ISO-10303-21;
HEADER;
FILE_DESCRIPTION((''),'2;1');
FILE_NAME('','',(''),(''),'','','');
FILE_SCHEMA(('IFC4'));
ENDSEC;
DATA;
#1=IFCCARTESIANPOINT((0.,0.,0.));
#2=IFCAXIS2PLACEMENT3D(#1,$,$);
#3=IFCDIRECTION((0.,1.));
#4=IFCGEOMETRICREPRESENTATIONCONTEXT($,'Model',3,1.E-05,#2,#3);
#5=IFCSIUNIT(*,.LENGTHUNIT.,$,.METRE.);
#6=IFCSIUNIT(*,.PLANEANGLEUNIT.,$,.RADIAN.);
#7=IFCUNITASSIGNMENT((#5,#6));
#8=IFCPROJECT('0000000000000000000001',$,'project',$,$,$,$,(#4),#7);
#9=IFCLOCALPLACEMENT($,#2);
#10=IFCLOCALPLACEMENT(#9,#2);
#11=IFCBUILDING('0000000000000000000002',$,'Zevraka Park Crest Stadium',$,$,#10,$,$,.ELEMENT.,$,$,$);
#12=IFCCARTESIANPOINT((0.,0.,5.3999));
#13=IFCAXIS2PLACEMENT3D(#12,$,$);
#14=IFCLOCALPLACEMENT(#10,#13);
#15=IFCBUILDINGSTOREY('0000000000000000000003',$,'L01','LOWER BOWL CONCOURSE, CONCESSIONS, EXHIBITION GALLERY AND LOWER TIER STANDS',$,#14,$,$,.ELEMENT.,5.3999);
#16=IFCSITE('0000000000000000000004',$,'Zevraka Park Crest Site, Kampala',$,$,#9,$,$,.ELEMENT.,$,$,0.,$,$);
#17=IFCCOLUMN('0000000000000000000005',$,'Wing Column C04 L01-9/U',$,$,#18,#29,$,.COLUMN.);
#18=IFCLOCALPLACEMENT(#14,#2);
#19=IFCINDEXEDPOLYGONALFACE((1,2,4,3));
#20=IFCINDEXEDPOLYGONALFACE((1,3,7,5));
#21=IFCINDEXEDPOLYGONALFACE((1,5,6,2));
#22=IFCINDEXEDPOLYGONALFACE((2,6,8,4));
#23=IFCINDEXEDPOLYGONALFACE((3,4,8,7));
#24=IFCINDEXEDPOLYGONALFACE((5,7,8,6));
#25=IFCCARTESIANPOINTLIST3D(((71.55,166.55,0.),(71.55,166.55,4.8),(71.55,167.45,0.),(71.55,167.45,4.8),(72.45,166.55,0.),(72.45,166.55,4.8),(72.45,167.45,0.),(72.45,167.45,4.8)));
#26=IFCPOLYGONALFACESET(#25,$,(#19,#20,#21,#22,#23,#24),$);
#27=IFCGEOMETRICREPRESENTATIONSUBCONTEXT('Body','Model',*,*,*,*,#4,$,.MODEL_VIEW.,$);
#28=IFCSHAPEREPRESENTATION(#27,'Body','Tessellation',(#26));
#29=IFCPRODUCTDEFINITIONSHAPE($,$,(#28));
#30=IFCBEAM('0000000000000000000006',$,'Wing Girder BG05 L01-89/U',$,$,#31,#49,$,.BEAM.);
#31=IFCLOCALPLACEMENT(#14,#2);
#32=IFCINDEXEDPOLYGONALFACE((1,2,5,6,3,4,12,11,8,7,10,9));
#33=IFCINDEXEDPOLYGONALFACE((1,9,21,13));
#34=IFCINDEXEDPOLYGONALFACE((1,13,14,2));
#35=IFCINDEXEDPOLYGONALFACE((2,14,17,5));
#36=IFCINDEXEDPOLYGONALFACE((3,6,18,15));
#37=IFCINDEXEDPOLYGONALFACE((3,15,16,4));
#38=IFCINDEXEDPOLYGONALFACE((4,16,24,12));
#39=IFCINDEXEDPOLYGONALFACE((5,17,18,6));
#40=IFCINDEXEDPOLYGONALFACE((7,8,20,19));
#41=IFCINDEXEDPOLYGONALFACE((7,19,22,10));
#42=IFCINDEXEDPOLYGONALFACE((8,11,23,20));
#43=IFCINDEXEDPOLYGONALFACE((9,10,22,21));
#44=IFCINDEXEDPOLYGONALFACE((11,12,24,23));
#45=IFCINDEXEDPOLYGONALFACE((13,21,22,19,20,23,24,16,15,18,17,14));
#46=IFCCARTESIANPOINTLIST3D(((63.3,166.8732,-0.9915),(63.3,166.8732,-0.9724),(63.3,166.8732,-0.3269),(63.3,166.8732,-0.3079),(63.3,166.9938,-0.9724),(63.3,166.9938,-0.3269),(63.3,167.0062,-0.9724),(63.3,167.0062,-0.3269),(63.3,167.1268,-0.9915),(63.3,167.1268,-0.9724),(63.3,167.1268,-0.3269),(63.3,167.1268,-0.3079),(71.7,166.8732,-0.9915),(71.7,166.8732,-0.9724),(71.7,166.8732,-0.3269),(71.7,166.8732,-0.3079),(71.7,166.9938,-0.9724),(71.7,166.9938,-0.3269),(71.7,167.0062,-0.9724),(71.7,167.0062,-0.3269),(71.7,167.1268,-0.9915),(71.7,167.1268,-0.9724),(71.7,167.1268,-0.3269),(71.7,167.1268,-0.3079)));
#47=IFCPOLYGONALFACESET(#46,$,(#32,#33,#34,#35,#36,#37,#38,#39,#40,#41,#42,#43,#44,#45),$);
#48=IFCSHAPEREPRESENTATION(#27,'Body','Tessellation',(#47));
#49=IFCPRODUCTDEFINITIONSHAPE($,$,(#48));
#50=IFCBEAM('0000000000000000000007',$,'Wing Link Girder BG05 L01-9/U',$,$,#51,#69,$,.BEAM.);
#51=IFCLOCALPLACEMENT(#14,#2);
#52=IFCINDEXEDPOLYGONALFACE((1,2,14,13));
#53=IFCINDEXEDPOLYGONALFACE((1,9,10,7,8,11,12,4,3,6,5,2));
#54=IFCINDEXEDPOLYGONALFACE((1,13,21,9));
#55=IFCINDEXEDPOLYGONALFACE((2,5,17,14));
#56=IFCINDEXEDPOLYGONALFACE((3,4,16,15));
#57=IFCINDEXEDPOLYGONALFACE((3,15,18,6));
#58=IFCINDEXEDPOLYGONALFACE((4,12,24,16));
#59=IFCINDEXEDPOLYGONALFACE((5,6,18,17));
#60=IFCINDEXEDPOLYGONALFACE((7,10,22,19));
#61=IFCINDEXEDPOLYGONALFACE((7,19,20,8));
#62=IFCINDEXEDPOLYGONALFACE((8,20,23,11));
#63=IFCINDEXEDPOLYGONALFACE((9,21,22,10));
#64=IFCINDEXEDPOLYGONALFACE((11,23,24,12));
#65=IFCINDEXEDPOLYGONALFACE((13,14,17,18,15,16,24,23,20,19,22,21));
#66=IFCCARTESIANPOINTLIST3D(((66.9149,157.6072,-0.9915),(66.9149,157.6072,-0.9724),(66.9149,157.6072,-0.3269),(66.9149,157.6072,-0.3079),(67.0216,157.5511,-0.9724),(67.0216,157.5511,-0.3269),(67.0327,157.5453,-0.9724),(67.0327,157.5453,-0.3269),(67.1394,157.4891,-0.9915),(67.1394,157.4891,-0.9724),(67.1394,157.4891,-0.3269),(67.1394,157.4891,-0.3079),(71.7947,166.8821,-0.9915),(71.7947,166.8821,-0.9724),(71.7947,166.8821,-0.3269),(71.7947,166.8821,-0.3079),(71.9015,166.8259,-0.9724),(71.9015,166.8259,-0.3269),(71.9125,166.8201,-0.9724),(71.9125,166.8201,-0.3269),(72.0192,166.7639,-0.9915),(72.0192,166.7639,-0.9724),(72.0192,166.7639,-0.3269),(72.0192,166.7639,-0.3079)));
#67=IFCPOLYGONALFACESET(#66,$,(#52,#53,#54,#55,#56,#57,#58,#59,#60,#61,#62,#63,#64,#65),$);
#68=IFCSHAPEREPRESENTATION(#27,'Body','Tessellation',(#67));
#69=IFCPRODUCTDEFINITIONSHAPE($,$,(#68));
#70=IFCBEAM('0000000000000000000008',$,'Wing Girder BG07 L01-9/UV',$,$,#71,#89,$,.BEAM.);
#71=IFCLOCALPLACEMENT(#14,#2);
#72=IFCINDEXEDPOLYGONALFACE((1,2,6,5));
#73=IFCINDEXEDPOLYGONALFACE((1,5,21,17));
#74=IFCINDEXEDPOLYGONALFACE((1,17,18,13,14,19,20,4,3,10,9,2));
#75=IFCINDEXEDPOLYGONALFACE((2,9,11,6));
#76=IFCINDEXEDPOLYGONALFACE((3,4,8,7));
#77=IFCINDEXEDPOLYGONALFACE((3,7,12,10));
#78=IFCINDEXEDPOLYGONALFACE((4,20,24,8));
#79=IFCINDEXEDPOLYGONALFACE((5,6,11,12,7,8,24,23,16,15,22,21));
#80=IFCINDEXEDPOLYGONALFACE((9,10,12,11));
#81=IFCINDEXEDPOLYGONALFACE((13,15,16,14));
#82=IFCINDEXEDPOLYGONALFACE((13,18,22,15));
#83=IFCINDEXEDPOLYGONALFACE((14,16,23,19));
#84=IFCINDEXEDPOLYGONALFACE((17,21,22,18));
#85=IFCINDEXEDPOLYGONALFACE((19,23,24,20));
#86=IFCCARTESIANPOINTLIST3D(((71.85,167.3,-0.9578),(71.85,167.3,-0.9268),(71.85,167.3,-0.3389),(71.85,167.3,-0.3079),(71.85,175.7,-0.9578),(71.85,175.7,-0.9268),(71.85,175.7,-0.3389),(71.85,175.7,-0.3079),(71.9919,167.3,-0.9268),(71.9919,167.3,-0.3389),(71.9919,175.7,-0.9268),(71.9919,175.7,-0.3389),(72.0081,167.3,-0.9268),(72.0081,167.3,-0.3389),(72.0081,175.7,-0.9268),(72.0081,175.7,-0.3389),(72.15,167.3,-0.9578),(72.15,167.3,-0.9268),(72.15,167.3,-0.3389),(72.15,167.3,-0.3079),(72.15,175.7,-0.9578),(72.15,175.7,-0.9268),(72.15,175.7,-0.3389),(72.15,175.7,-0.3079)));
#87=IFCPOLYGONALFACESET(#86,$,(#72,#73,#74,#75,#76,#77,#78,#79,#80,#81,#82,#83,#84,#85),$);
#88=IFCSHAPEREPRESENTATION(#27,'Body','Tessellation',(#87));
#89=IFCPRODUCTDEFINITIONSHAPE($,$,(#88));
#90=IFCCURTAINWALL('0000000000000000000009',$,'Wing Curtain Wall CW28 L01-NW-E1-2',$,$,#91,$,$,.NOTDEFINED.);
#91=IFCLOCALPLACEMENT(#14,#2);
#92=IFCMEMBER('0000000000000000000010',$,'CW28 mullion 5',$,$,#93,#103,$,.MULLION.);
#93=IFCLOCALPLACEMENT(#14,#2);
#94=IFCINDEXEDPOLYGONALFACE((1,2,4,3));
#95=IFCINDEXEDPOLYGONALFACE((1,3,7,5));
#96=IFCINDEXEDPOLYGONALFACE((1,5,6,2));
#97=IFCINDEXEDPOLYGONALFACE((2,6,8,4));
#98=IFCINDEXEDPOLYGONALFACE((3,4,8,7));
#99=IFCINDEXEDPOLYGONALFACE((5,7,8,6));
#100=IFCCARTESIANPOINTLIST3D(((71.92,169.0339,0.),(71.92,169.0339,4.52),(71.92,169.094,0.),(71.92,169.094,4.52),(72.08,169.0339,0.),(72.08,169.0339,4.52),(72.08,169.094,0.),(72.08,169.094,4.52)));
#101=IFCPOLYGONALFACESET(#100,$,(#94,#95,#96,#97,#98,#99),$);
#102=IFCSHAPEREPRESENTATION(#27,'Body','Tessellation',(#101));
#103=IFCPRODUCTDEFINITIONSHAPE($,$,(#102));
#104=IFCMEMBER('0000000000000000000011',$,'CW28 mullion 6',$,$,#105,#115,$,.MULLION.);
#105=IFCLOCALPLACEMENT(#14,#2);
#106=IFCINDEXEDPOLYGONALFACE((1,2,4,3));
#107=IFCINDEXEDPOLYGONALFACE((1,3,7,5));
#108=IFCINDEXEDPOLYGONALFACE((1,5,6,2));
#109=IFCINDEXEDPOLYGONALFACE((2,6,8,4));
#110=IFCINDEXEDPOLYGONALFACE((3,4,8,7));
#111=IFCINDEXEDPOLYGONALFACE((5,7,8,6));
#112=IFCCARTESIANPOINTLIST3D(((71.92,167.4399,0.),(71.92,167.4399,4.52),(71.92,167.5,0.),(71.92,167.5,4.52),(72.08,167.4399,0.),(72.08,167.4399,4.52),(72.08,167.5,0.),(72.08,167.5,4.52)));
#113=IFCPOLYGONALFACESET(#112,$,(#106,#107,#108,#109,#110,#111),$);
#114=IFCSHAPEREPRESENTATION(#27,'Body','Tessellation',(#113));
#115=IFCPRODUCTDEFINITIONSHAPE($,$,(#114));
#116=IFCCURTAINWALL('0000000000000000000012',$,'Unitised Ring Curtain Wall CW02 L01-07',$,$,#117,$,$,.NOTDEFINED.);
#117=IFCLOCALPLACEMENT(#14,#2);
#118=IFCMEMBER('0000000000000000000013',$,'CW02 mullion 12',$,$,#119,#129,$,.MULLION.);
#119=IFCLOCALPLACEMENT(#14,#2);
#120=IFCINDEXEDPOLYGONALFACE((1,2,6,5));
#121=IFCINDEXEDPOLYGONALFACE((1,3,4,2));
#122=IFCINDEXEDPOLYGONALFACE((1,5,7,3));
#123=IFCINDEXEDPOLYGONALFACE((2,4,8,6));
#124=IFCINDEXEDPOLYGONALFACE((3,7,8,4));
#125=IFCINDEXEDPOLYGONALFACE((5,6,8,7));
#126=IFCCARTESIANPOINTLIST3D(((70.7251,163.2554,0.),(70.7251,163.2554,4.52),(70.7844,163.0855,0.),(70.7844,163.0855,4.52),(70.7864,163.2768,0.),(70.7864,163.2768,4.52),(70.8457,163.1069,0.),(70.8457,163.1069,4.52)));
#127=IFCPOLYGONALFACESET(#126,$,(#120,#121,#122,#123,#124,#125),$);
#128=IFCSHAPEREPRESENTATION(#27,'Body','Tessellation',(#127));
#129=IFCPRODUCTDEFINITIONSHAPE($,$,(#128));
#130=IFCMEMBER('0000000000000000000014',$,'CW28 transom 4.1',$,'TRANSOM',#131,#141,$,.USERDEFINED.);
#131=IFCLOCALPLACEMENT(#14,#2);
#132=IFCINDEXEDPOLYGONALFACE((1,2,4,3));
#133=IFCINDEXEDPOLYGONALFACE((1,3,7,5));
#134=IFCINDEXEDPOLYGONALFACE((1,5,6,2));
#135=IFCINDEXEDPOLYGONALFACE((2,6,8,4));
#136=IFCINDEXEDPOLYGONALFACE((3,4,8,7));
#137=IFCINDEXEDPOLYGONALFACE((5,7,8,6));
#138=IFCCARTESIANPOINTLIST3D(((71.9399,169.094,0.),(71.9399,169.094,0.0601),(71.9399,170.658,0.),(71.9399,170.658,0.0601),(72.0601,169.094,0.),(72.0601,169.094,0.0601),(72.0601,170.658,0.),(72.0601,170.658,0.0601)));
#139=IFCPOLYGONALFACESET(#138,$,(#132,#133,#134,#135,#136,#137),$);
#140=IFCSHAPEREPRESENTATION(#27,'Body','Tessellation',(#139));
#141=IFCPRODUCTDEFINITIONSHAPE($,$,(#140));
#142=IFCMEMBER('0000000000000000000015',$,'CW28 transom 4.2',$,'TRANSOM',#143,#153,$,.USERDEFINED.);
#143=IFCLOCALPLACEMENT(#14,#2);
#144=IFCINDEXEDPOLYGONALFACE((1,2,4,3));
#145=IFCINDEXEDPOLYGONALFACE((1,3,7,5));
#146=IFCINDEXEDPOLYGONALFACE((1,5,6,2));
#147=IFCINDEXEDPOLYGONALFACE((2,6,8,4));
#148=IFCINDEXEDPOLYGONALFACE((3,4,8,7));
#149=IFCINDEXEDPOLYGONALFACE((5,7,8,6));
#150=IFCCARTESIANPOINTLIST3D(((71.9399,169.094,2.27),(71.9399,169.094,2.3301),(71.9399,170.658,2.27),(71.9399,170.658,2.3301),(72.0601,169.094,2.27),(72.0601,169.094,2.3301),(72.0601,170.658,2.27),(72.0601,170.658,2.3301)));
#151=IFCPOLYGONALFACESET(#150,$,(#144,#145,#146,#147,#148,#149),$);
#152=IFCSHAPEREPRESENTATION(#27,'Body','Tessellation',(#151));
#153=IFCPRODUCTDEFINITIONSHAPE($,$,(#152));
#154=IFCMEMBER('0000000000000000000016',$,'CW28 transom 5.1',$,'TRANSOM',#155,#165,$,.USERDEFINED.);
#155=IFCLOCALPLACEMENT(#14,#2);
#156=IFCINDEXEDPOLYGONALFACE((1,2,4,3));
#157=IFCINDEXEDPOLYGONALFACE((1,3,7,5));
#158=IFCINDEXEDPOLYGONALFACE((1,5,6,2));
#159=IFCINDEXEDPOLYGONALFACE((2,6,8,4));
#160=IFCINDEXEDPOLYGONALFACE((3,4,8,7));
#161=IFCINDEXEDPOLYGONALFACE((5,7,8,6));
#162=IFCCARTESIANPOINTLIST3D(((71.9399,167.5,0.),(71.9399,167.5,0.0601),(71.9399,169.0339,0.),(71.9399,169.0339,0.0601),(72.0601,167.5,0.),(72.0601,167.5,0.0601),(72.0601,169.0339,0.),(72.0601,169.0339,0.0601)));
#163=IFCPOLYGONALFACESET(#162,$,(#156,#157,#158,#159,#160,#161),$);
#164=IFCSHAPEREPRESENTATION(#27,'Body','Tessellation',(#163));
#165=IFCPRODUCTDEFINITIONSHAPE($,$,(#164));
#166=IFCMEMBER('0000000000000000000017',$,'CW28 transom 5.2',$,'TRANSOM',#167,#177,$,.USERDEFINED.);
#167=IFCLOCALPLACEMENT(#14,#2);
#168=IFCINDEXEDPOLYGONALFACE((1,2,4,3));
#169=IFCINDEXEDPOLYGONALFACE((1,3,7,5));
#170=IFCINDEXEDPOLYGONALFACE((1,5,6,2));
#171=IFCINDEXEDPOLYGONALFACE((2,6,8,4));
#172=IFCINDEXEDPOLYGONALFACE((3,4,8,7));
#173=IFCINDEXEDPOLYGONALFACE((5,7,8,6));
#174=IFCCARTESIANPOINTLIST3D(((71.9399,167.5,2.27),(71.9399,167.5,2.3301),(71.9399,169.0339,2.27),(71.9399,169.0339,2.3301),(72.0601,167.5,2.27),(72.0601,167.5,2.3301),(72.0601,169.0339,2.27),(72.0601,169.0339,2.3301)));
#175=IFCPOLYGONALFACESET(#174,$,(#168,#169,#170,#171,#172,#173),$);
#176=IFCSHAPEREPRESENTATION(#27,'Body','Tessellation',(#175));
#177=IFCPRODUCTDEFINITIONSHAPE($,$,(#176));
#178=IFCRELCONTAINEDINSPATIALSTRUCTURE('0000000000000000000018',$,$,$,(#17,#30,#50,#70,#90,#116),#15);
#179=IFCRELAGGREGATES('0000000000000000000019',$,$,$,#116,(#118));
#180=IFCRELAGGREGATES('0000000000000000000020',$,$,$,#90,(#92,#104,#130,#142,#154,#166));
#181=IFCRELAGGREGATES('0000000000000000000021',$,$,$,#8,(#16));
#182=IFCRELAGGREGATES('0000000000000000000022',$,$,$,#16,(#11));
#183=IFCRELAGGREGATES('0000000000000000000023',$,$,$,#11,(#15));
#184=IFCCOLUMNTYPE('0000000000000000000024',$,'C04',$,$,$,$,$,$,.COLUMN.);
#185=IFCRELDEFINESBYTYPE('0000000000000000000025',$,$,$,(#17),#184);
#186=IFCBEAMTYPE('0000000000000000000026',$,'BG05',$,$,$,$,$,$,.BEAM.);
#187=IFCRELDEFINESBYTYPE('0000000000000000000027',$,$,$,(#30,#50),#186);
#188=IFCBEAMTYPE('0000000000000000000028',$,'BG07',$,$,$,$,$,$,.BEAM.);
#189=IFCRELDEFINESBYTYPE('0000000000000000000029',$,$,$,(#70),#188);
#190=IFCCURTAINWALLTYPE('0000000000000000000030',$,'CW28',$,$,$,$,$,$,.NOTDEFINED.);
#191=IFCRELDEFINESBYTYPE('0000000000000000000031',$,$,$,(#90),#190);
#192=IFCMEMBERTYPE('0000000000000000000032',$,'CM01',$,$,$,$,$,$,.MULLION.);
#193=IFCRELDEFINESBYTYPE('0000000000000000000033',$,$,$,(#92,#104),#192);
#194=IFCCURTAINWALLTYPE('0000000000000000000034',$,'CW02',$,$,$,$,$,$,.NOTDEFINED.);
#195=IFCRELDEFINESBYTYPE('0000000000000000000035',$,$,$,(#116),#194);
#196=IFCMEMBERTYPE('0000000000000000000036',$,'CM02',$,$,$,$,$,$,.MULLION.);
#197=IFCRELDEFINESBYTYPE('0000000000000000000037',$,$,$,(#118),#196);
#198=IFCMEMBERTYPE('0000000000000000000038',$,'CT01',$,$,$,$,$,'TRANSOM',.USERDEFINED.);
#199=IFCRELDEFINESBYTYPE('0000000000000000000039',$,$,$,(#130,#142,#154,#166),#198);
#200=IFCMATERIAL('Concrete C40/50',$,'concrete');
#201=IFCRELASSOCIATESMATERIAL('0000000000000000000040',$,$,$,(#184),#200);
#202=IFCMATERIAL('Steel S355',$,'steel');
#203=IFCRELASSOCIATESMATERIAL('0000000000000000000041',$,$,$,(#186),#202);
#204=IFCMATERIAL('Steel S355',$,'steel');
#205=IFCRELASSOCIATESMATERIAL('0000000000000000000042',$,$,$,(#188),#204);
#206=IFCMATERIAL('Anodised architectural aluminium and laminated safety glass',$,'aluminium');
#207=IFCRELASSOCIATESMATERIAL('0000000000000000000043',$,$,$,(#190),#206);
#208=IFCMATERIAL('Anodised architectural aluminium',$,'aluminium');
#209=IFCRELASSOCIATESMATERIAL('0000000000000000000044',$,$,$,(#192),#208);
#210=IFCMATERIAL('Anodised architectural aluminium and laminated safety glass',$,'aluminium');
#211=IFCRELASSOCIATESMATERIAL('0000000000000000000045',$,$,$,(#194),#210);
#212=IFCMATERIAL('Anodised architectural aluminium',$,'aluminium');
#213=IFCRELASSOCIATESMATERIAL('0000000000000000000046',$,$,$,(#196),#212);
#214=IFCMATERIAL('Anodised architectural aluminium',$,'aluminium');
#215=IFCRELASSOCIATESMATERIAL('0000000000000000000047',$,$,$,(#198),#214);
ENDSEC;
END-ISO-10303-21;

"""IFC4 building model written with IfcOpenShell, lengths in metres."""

from ifc_helpers import new_model, si_unit, direction, frame, origin, origin_2d, place, context, subcontext, project, spatial, rectangle, i_section, extrude, material, material_profile, profile_set, type_object, element, aggregate, save


model = new_model("IFC4")

# Units and contexts
model_context = context("Model", 3, precision=1e-05, world=origin(), true_north=direction((0.0, 1.0)))
body_context = subcontext(model_context, "Body", "Model", "MODEL_VIEW")
ifc_project = project(units=[si_unit("LENGTHUNIT", "METRE"), si_unit("PLANEANGLEUNIT", "RADIAN")], contexts=[model_context])

# Site, building, storey
site_placement = place(None, origin())
site = spatial("IfcSite", under=ifc_project, at=site_placement, Name="Zevraka Park Crest Site, Kampala", CompositionType="ELEMENT", RefElevation=0.0)
building_placement = place(site_placement, origin())
building = spatial("IfcBuilding", under=site, at=building_placement, Name="Zevraka Park Crest Stadium", CompositionType="ELEMENT")
storey_placement = place(building_placement, frame((0.0, 0.0, 5.3999)))
storey = spatial("IfcBuildingStorey", under=building, at=storey_placement, Name="L01", Description="LOWER BOWL CONCOURSE, CONCESSIONS, EXHIBITION GALLERY AND LOWER TIER STANDS", CompositionType="ELEMENT", Elevation=5.3999)

# Column
ifc_material_1 = material(Name="Concrete C40/50", Category="concrete")
ifc_material_profile_1 = material_profile(ifc_material_1, rectangle(XDim=0.8999, YDim=0.8999, at=origin_2d()), Name="RC 900x900")
ifc_profile_set_1 = profile_set([ifc_material_profile_1], Name="Concrete C40/50")
column_type = type_object("IfcColumnType", Name="C04", PredefinedType="COLUMN", material=ifc_profile_set_1)
column_placement = place(storey_placement, frame((72.0, 167.0, 0.0), z_axis=(0.0, 0.0, 1.0), x_axis=(1.0, 0.0, 0.0)))
element("IfcColumn", 1, at=column_placement, inside=storey, type_object=column_type, Name="Wing Column C04 L01-9/U", PredefinedType="COLUMN", context=body_context, shape_type="SweptSolid", body=[
    extrude(rectangle(XDim=0.8999, YDim=0.8999, at=origin_2d()), origin(), (0.0, 0.0, 1.0), 4.8),
])

# Beams
ifc_material_2 = material(Name="Steel S355", Category="steel")
ifc_material_profile_2 = material_profile(ifc_material_2, i_section(OverallWidth=0.2537, OverallDepth=0.6836, WebThickness=0.0125, FlangeThickness=0.019, at=origin_2d()), Name="UKB 686x254x140")
ifc_profile_set_2 = profile_set([ifc_material_profile_2], Name="Steel S355")
beam_type_1 = type_object("IfcBeamType", Name="BG05", PredefinedType="BEAM", material=ifc_profile_set_2)
beam_1_placement = place(storey_placement, frame((63.3, 167.0, -0.6497), z_axis=(1.0, 0.0, 0.0), x_axis=(0.0, 1.0, 0.0)))
element("IfcBeam", 2, at=beam_1_placement, inside=storey, type_object=beam_type_1, Name="Wing Girder BG05 L01-89/U", PredefinedType="BEAM", context=body_context, shape_type="SweptSolid", body=[
    extrude(i_section(OverallWidth=0.2537, OverallDepth=0.6836, WebThickness=0.0125, FlangeThickness=0.019, at=origin_2d()), origin(), (0.0, 0.0, 1.0), 8.3999),
])
beam_2_placement = place(storey_placement, frame((71.907, 166.823, -0.6497), z_axis=(-0.465624, -0.884983, 0.0), x_axis=(0.884983, -0.465624, 0.0)))
element("IfcBeam", 3, at=beam_2_placement, inside=storey, type_object=beam_type_1, Name="Wing Link Girder BG05 L01-9/U", PredefinedType="BEAM", context=body_context, shape_type="SweptSolid", body=[
    extrude(i_section(OverallWidth=0.2537, OverallDepth=0.6836, WebThickness=0.0125, FlangeThickness=0.019, at=origin_2d()), origin(), (0.0, 0.0, 1.0), 10.4802),
])
ifc_material_3 = material(Name="Steel S355", Category="steel")
ifc_material_profile_3 = material_profile(ifc_material_3, i_section(OverallWidth=0.3, OverallDepth=0.6499, WebThickness=0.0161, FlangeThickness=0.031, at=origin_2d()), Name="HEB 650")
ifc_profile_set_3 = profile_set([ifc_material_profile_3], Name="Steel S355")
beam_type_2 = type_object("IfcBeamType", Name="BG07", PredefinedType="BEAM", material=ifc_profile_set_3)
beam_3_placement = place(storey_placement, frame((72.0, 167.3, -0.6328), z_axis=(0.0, 1.0, 0.0), x_axis=(-1.0, 0.0, 0.0)))
element("IfcBeam", 4, at=beam_3_placement, inside=storey, type_object=beam_type_2, Name="Wing Girder BG07 L01-9/UV", PredefinedType="BEAM", context=body_context, shape_type="SweptSolid", body=[
    extrude(i_section(OverallWidth=0.3, OverallDepth=0.6499, WebThickness=0.0161, FlangeThickness=0.031, at=origin_2d()), origin(), (0.0, 0.0, 1.0), 8.3999),
])

# Curtain wall, members
ifc_material_4 = material(Name="Anodised architectural aluminium and laminated safety glass", Category="aluminium")
curtain_wall_type_1 = type_object("IfcCurtainWallType", Name="CW28", PredefinedType="NOTDEFINED", material=ifc_material_4)
curtain_wall_1_placement = place(storey_placement, origin())
curtain_wall_1 = element("IfcCurtainWall", 5, at=curtain_wall_1_placement, inside=storey, type_object=curtain_wall_type_1, Name="Wing Curtain Wall CW28 L01-NW-E1-2", PredefinedType="NOTDEFINED")
ifc_material_5 = material(Name="Anodised architectural aluminium", Category="aluminium")
ifc_material_profile_4 = material_profile(ifc_material_5, rectangle(XDim=0.1599, YDim=0.0601, at=origin_2d()), Name="ALU MULLION 160x60")
ifc_profile_set_4 = profile_set([ifc_material_profile_4], Name="Anodised architectural aluminium")
member_type_1 = type_object("IfcMemberType", Name="CM01", PredefinedType="MULLION", material=ifc_profile_set_4)
member_1_placement = place(storey_placement, frame((72.0, 169.064, 0.0), z_axis=(0.0, 0.0, 1.0), x_axis=(1.0, 0.0, 0.0)))
member_1 = element("IfcMember", 6, at=member_1_placement, type_object=member_type_1, Name="CW28 mullion 5", PredefinedType="MULLION", context=body_context, shape_type="SweptSolid", body=[
    extrude(rectangle(XDim=0.1599, YDim=0.0601, at=origin_2d()), origin(), (0.0, 0.0, 1.0), 4.52),
])
member_2_placement = place(storey_placement, frame((72.0, 167.47, 0.0), z_axis=(0.0, 0.0, 1.0), x_axis=(1.0, 0.0, 0.0)))
member_2 = element("IfcMember", 7, at=member_2_placement, type_object=member_type_1, Name="CW28 mullion 6", PredefinedType="MULLION", context=body_context, shape_type="SweptSolid", body=[
    extrude(rectangle(XDim=0.1599, YDim=0.0601, at=origin_2d()), origin(), (0.0, 0.0, 1.0), 4.52),
])

# Curtain wall, member
ifc_material_6 = material(Name="Anodised architectural aluminium and laminated safety glass", Category="aluminium")
curtain_wall_type_2 = type_object("IfcCurtainWallType", Name="CW02", PredefinedType="NOTDEFINED", material=ifc_material_6)
curtain_wall_2_placement = place(storey_placement, origin())
curtain_wall_2 = element("IfcCurtainWall", 8, at=curtain_wall_2_placement, inside=storey, type_object=curtain_wall_type_2, Name="Unitised Ring Curtain Wall CW02 L01-07", PredefinedType="NOTDEFINED")
ifc_material_7 = material(Name="Anodised architectural aluminium", Category="aluminium")
ifc_material_profile_5 = material_profile(ifc_material_7, rectangle(XDim=0.1799, YDim=0.0649, at=origin_2d()), Name="ALU MULLION 180x65")
ifc_profile_set_5 = profile_set([ifc_material_profile_5], Name="Anodised architectural aluminium")
member_type_2 = type_object("IfcMemberType", Name="CM02", PredefinedType="MULLION", material=ifc_profile_set_5)
member_3_placement = place(storey_placement, frame((70.7854, 163.1812, 0.0), z_axis=(0.0, 0.0, 1.0), x_axis=(0.329209, -0.944257, 0.0)))
member_3 = element("IfcMember", 9, at=member_3_placement, type_object=member_type_2, Name="CW02 mullion 12", PredefinedType="MULLION", context=body_context, shape_type="SweptSolid", body=[
    extrude(rectangle(XDim=0.1799, YDim=0.0649, at=origin_2d()), origin(), (0.0, 0.0, 1.0), 4.52),
])

# Members
ifc_material_8 = material(Name="Anodised architectural aluminium", Category="aluminium")
ifc_material_profile_6 = material_profile(ifc_material_8, rectangle(XDim=0.1201, YDim=0.0601, at=origin_2d()), Name="ALU TRANSOM 120x60")
ifc_profile_set_6 = profile_set([ifc_material_profile_6], Name="Anodised architectural aluminium")
member_type_3 = type_object("IfcMemberType", Name="CT01", ElementType="TRANSOM", PredefinedType="USERDEFINED", material=ifc_profile_set_6)
member_4_placement = place(storey_placement, frame((72.0, 170.658, 0.03), z_axis=(0.0, -1.0, 0.0), x_axis=(1.0, 0.0, 0.0)))
member_4 = element("IfcMember", 10, at=member_4_placement, type_object=member_type_3, Name="CW28 transom 4.1", ObjectType="TRANSOM", PredefinedType="USERDEFINED", context=body_context, shape_type="SweptSolid", body=[
    extrude(rectangle(XDim=0.1201, YDim=0.0601, at=origin_2d()), origin(), (0.0, 0.0, 1.0), 1.564),
])
member_5_placement = place(storey_placement, frame((72.0, 170.658, 2.3), z_axis=(0.0, -1.0, 0.0), x_axis=(1.0, 0.0, 0.0)))
member_5 = element("IfcMember", 11, at=member_5_placement, type_object=member_type_3, Name="CW28 transom 4.2", ObjectType="TRANSOM", PredefinedType="USERDEFINED", context=body_context, shape_type="SweptSolid", body=[
    extrude(rectangle(XDim=0.1201, YDim=0.0601, at=origin_2d()), origin(), (0.0, 0.0, 1.0), 1.564),
])
member_6_placement = place(storey_placement, frame((72.0, 169.0339, 0.03), z_axis=(0.0, -1.0, 0.0), x_axis=(1.0, 0.0, 0.0)))
member_6 = element("IfcMember", 12, at=member_6_placement, type_object=member_type_3, Name="CW28 transom 5.1", ObjectType="TRANSOM", PredefinedType="USERDEFINED", context=body_context, shape_type="SweptSolid", body=[
    extrude(rectangle(XDim=0.1201, YDim=0.0601, at=origin_2d()), origin(), (0.0, 0.0, 1.0), 1.5339),
])
member_7_placement = place(storey_placement, frame((72.0, 169.0339, 2.3), z_axis=(0.0, -1.0, 0.0), x_axis=(1.0, 0.0, 0.0)))
member_7 = element("IfcMember", 13, at=member_7_placement, type_object=member_type_3, Name="CW28 transom 5.2", ObjectType="TRANSOM", PredefinedType="USERDEFINED", context=body_context, shape_type="SweptSolid", body=[
    extrude(rectangle(XDim=0.1201, YDim=0.0601, at=origin_2d()), origin(), (0.0, 0.0, 1.0), 1.5339),
])

aggregate(curtain_wall_2, [member_3])
aggregate(curtain_wall_1, [member_1, member_2, member_4, member_5, member_6, member_7])

save(model, "model.ifc")
